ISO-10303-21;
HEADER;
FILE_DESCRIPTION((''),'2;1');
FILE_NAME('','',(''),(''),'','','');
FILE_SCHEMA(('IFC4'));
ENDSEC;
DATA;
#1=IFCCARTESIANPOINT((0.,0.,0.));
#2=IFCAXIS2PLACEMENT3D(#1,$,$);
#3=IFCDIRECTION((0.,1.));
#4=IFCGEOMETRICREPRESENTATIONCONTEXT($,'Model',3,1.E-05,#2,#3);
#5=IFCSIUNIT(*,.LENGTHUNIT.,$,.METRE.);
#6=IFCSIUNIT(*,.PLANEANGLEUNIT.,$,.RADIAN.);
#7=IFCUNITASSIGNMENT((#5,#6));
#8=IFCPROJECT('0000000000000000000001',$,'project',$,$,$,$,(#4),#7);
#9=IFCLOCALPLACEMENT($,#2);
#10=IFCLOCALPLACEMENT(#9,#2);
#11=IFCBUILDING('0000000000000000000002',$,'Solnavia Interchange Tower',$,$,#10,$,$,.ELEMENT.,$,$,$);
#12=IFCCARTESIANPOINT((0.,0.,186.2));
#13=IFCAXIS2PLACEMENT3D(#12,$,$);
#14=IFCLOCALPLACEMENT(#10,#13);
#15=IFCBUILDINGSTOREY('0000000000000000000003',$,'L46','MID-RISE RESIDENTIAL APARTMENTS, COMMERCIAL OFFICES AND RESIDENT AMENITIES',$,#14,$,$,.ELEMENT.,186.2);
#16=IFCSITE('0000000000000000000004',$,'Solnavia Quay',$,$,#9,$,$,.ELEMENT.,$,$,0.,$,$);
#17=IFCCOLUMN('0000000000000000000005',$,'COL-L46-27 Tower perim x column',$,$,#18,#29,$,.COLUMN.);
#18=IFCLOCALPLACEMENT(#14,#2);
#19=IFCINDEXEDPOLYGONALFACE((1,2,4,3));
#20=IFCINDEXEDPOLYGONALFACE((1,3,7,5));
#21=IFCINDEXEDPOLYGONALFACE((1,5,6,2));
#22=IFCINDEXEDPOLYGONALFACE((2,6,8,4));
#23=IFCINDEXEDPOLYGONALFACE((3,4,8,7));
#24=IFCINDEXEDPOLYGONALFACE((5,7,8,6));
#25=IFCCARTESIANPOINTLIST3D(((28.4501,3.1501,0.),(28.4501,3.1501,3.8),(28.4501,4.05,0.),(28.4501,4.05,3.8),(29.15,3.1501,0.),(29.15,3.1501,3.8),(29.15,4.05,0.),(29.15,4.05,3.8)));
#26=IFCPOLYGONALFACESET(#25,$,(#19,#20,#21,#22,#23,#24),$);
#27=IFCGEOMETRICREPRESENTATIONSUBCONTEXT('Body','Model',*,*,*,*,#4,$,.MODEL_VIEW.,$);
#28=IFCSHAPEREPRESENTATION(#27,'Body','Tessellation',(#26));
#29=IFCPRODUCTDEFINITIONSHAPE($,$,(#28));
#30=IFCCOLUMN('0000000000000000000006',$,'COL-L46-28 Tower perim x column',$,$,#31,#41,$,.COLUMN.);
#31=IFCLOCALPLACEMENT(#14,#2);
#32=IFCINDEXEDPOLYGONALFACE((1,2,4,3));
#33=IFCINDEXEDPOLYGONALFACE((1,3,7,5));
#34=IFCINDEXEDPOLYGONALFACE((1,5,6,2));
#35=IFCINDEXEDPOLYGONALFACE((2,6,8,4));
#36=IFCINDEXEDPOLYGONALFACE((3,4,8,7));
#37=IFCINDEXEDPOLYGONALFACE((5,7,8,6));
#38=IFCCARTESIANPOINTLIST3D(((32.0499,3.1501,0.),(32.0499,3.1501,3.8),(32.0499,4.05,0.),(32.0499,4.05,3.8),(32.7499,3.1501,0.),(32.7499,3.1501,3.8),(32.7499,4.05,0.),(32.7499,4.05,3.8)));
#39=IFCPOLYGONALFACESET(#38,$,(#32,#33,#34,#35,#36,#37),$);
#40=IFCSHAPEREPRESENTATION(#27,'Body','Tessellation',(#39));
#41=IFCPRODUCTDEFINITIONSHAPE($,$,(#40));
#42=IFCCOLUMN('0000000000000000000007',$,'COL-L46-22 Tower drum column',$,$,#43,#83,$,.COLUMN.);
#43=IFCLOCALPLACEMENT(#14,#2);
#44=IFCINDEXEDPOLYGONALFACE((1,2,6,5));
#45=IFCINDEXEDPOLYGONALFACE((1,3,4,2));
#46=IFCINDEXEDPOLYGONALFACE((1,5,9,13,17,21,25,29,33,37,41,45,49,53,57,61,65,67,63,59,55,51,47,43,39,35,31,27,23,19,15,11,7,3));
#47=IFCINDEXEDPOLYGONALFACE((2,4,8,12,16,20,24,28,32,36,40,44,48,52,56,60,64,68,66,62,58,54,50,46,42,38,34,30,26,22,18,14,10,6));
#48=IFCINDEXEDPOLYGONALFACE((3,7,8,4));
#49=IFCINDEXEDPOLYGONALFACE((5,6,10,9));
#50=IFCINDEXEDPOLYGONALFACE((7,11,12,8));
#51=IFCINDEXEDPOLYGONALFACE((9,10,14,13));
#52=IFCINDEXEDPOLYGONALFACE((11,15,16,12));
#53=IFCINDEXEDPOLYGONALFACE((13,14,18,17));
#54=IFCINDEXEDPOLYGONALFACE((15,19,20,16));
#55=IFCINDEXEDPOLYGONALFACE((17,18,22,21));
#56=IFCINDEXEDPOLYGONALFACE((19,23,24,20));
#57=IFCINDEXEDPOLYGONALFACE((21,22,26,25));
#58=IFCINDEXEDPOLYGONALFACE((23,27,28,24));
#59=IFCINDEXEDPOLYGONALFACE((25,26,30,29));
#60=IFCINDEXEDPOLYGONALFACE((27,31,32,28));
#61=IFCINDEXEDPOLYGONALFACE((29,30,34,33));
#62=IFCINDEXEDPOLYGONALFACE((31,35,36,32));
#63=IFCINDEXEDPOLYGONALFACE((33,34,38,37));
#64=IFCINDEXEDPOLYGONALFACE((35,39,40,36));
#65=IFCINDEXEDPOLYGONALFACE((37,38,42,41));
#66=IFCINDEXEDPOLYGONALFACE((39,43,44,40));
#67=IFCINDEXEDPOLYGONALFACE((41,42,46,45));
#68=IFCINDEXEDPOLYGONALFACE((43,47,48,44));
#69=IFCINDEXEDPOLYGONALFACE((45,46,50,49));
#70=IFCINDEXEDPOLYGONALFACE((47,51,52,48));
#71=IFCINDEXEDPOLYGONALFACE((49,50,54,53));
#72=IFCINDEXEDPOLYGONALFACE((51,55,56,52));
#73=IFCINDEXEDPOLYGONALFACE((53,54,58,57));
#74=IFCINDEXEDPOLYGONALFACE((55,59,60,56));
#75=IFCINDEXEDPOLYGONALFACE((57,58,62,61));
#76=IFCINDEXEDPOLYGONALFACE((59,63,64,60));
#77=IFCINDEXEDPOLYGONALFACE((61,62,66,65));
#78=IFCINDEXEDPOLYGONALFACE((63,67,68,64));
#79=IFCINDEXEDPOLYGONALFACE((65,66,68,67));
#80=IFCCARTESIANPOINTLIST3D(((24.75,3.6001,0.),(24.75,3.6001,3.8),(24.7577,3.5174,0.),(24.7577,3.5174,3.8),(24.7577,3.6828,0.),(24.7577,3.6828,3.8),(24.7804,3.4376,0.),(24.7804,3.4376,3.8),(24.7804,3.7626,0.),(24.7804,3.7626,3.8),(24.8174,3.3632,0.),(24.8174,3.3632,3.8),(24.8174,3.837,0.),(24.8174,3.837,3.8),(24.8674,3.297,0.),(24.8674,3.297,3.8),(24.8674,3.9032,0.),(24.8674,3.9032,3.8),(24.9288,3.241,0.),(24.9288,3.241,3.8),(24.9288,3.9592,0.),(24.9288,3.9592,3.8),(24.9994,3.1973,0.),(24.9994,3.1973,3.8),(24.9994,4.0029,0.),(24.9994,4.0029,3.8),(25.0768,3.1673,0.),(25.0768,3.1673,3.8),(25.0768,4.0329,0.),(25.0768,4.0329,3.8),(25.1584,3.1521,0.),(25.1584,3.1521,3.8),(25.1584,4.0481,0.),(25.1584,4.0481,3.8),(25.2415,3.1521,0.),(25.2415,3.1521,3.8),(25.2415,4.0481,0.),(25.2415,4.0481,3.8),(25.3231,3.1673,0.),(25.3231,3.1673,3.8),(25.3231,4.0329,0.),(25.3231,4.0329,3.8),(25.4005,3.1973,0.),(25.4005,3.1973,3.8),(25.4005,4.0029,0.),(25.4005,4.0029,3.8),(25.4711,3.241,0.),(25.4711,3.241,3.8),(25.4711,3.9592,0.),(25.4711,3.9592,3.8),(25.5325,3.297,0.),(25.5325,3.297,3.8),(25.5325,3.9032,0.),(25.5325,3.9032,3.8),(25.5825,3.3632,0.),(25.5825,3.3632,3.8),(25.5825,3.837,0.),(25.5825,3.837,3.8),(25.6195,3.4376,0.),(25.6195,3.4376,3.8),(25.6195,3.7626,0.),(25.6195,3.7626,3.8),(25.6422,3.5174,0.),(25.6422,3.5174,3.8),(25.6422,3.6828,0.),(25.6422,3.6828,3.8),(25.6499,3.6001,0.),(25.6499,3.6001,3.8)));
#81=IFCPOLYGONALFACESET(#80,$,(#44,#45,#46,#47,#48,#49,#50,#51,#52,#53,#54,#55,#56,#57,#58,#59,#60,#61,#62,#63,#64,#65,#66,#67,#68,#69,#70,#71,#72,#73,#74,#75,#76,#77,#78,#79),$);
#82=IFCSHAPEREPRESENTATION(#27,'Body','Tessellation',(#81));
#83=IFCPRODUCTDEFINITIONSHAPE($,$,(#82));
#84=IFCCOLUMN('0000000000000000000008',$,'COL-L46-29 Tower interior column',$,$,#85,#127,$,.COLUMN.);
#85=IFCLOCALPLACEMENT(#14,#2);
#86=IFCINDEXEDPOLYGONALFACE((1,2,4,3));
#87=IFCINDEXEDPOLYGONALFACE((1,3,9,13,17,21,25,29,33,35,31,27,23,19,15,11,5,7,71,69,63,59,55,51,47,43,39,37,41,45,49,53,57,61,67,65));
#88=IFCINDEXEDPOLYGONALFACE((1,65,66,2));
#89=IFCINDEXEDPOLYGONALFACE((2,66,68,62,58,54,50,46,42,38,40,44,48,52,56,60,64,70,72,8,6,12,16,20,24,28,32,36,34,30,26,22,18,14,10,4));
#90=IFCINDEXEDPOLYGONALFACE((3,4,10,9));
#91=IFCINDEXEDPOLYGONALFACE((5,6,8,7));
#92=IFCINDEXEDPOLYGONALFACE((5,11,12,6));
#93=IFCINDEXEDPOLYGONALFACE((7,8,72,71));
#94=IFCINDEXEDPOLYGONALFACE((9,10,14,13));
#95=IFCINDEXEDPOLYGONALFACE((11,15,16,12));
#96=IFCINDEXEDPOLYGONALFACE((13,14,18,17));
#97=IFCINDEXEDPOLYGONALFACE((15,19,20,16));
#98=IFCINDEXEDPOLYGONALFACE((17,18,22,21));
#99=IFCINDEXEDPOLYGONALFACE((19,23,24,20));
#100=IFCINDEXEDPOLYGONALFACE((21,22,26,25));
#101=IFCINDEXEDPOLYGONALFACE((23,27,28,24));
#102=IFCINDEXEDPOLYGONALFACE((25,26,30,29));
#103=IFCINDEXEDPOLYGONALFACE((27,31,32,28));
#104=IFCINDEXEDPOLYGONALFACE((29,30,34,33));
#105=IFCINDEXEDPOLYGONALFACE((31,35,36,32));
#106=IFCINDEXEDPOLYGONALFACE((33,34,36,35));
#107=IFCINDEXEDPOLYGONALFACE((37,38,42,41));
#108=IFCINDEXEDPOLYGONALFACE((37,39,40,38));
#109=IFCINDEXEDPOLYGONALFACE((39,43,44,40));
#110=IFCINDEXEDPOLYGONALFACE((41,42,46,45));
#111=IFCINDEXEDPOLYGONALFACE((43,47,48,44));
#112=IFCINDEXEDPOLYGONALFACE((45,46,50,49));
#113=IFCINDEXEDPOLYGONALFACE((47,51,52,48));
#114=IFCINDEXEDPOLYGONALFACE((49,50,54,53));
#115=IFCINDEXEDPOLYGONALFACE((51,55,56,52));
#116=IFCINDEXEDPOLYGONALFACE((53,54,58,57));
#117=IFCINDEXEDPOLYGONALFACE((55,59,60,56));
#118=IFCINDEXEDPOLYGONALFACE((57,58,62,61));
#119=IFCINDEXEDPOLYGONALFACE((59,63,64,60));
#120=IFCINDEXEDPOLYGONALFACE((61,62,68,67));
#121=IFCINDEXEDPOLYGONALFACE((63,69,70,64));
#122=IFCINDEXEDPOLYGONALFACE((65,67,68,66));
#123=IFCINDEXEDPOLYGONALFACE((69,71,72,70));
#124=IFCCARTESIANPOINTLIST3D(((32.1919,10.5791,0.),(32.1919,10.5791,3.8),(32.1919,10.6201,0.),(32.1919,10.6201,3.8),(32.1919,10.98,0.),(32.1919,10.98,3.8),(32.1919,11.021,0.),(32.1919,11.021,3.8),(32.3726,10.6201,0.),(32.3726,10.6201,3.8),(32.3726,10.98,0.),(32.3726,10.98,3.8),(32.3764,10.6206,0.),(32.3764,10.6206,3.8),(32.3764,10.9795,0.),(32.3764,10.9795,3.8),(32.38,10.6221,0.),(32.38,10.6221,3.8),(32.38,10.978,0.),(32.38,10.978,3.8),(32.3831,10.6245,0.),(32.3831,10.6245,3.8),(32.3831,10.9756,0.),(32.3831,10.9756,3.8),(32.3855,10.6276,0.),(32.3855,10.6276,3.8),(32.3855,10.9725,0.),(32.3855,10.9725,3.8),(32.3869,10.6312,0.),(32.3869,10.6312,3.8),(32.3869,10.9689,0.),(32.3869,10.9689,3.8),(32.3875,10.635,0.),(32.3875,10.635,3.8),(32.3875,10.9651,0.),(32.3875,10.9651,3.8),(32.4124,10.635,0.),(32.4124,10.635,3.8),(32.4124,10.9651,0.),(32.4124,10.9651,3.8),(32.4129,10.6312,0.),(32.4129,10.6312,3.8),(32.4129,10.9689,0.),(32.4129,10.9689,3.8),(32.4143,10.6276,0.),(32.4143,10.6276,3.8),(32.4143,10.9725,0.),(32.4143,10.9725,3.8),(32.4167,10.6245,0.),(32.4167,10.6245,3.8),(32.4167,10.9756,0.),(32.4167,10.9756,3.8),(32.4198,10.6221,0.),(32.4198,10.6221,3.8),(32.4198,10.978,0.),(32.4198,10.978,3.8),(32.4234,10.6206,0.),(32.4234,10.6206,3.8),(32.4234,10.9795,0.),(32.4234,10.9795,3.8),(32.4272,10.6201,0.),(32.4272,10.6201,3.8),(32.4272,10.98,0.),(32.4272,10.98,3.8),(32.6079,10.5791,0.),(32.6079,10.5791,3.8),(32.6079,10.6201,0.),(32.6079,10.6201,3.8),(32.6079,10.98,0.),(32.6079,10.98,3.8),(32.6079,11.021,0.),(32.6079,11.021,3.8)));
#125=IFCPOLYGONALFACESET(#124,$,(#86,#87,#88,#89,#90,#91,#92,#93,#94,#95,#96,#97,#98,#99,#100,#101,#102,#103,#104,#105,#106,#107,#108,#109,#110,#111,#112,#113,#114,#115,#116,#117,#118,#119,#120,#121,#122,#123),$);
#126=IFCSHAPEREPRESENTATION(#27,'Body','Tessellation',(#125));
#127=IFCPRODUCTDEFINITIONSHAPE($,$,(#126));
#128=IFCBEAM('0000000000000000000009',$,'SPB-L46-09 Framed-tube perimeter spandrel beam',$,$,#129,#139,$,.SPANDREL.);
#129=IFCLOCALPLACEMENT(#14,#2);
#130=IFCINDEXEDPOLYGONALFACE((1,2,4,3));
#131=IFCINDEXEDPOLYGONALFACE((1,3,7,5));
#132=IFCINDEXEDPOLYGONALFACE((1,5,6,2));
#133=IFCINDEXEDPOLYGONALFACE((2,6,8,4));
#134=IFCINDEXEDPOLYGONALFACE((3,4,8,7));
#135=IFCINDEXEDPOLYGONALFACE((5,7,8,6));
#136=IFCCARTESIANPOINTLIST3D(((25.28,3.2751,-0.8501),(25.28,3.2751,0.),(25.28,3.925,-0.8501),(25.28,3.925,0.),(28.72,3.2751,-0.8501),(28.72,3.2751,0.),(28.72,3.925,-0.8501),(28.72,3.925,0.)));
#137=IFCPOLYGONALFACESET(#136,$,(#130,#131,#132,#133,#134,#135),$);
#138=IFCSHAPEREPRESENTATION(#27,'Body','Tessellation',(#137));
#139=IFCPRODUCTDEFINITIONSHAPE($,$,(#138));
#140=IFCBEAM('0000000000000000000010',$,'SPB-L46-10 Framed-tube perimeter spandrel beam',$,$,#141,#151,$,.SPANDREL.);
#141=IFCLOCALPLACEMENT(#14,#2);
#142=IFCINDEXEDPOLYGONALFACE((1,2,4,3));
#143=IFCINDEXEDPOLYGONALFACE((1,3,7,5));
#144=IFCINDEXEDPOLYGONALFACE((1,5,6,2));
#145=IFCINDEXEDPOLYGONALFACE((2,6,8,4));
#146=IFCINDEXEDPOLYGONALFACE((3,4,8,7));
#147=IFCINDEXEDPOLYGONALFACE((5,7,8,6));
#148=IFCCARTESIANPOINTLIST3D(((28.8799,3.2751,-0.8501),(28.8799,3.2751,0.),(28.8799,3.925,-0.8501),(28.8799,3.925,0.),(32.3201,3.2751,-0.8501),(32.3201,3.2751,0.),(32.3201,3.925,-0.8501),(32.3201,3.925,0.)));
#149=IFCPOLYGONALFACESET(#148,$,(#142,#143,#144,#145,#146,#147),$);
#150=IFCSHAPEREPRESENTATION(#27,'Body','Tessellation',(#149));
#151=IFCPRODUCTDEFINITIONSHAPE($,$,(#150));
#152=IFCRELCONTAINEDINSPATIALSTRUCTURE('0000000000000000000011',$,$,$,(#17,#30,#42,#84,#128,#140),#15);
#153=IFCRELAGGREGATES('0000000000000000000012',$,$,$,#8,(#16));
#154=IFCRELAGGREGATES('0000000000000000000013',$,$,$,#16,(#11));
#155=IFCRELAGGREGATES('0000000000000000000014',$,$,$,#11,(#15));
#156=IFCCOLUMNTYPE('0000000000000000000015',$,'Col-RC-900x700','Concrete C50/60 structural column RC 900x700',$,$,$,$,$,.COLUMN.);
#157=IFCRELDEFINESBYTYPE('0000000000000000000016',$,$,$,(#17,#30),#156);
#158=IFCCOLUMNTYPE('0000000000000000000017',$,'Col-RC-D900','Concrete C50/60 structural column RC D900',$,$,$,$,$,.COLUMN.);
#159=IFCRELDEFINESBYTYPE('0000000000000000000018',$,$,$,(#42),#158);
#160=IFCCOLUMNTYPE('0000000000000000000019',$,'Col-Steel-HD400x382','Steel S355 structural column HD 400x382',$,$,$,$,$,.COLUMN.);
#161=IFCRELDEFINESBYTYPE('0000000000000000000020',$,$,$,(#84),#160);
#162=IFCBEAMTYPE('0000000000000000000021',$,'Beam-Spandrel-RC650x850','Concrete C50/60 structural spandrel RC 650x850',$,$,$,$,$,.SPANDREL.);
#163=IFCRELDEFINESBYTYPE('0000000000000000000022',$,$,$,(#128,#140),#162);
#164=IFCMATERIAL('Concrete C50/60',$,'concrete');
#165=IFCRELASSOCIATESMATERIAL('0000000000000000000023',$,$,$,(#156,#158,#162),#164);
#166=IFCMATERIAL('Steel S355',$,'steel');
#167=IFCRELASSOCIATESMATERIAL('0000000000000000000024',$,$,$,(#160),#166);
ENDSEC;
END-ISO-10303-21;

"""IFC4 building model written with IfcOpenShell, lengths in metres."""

from ifc_helpers import new_model, si_unit, direction, frame, origin, origin_2d, place, context, subcontext, project, spatial, rectangle, circle, i_section, extrude, material, material_profile, profile_set, type_object, element, save


model = new_model("IFC4")

# Units and contexts
model_context = context("Model", 3, precision=1e-05, world=origin(), true_north=direction((0.0, 1.0)))
body_context = subcontext(model_context, "Body", "Model", "MODEL_VIEW")
ifc_project = project(units=[si_unit("LENGTHUNIT", "METRE"), si_unit("PLANEANGLEUNIT", "RADIAN")], contexts=[model_context])

# Site, building, storey
site_placement = place(None, origin())
site = spatial("IfcSite", under=ifc_project, at=site_placement, Name="Solnavia Quay", CompositionType="ELEMENT", RefElevation=0.0)
building_placement = place(site_placement, origin())
building = spatial("IfcBuilding", under=site, at=building_placement, Name="Solnavia Interchange Tower", CompositionType="ELEMENT")
storey_placement = place(building_placement, frame((0.0, 0.0, 186.2)))
storey = spatial("IfcBuildingStorey", under=building, at=storey_placement, Name="L46", Description="MID-RISE RESIDENTIAL APARTMENTS, COMMERCIAL OFFICES AND RESIDENT AMENITIES", CompositionType="ELEMENT", Elevation=186.2)

# Columns
ifc_material_1 = material(Name="Concrete C50/60", Category="concrete")
ifc_material_profile_1 = material_profile(ifc_material_1, rectangle(XDim=0.7, YDim=0.8999, at=origin_2d()), Name="RC 900x700")
ifc_profile_set_1 = profile_set([ifc_material_profile_1], Name="Concrete C50/60")
column_type_1 = type_object("IfcColumnType", Name="Col-RC-900x700", Description="Concrete C50/60 structural column RC 900x700", PredefinedType="COLUMN", material=ifc_profile_set_1)
for number, where, z_axis, x_axis, name in (
    (1, (28.8, 3.6001, 0.0), (0.0, 0.0, 1.0), (1.0, 0.0, 0.0), "COL-L46-27 Tower perim x column"),
    (2, (32.3999, 3.6001, 0.0), (0.0, 0.0, 1.0), (1.0, 0.0, 0.0), "COL-L46-28 Tower perim x column"),
):
    element("IfcColumn", number, at=place(storey_placement, frame(where, z_axis=z_axis, x_axis=x_axis)), inside=storey, type_object=column_type_1, Name=name, PredefinedType="COLUMN", context=body_context, shape_type="SweptSolid", body=[
        extrude(rectangle(XDim=0.7, YDim=0.8999, at=origin_2d()), origin(), (0.0, 0.0, 1.0), 3.8),
    ])
ifc_material_profile_2 = material_profile(ifc_material_1, circle(Radius=0.45, at=origin_2d()), Name="RC D900")
ifc_profile_set_2 = profile_set([ifc_material_profile_2], Name="Concrete C50/60")
column_type_2 = type_object("IfcColumnType", Name="Col-RC-D900", Description="Concrete C50/60 structural column RC D900", PredefinedType="COLUMN", material=ifc_profile_set_2)
column_1_placement = place(storey_placement, frame((25.2, 3.6001, 0.0), z_axis=(0.0, 0.0, 1.0), x_axis=(1.0, 0.0, 0.0)))
element("IfcColumn", 3, at=column_1_placement, inside=storey, type_object=column_type_2, Name="COL-L46-22 Tower drum column", PredefinedType="COLUMN", context=body_context, shape_type="SweptSolid", body=[
    extrude(circle(Radius=0.45, at=origin_2d()), origin(), (0.0, 0.0, 1.0), 3.8),
])
ifc_material_2 = material(Name="Steel S355", Category="steel")
ifc_material_profile_3 = material_profile(ifc_material_2, i_section(OverallWidth=0.416, OverallDepth=0.4419, WebThickness=0.0249, FlangeThickness=0.041, FilletRadius=0.0149, at=origin_2d()), Name="HD 400x382")
ifc_profile_set_3 = profile_set([ifc_material_profile_3], Name="Steel S355")
column_type_3 = type_object("IfcColumnType", Name="Col-Steel-HD400x382", Description="Steel S355 structural column HD 400x382", PredefinedType="COLUMN", material=ifc_profile_set_3)
column_2_placement = place(storey_placement, frame((32.3999, 10.8, 0.0), z_axis=(0.0, 0.0, 1.0), x_axis=(1.0, 0.0, 0.0)))
element("IfcColumn", 4, at=column_2_placement, inside=storey, type_object=column_type_3, Name="COL-L46-29 Tower interior column", PredefinedType="COLUMN", context=body_context, shape_type="SweptSolid", body=[
    extrude(i_section(OverallWidth=0.416, OverallDepth=0.4419, WebThickness=0.0249, FlangeThickness=0.041, FilletRadius=0.0149, at=origin_2d()), origin(), (0.0, 0.0, 1.0), 3.8),
])

# Beams
ifc_material_profile_4 = material_profile(ifc_material_1, rectangle(XDim=0.6499, YDim=0.8501, at=origin_2d()), Name="RC 650x850")
ifc_profile_set_4 = profile_set([ifc_material_profile_4], Name="Concrete C50/60")
beam_type = type_object("IfcBeamType", Name="Beam-Spandrel-RC650x850", Description="Concrete C50/60 structural spandrel RC 650x850", PredefinedType="SPANDREL", material=ifc_profile_set_4)
beam_1_placement = place(storey_placement, frame((25.28, 3.6001, -0.425), z_axis=(1.0, 0.0, 0.0), x_axis=(0.0, 1.0, 0.0)))
element("IfcBeam", 5, at=beam_1_placement, inside=storey, type_object=beam_type, Name="SPB-L46-09 Framed-tube perimeter spandrel beam", PredefinedType="SPANDREL", context=body_context, shape_type="SweptSolid", body=[
    extrude(rectangle(XDim=0.6499, YDim=0.8501, at=origin_2d()), origin(), (0.0, 0.0, 1.0), 3.4399),
])
beam_2_placement = place(storey_placement, frame((28.8799, 3.6001, -0.425), z_axis=(1.0, 0.0, 0.0), x_axis=(0.0, 1.0, 0.0)))
element("IfcBeam", 6, at=beam_2_placement, inside=storey, type_object=beam_type, Name="SPB-L46-10 Framed-tube perimeter spandrel beam", PredefinedType="SPANDREL", context=body_context, shape_type="SweptSolid", body=[
    extrude(rectangle(XDim=0.6499, YDim=0.8501, at=origin_2d()), origin(), (0.0, 0.0, 1.0), 3.4402),
])

save(model, "model.ifc")
